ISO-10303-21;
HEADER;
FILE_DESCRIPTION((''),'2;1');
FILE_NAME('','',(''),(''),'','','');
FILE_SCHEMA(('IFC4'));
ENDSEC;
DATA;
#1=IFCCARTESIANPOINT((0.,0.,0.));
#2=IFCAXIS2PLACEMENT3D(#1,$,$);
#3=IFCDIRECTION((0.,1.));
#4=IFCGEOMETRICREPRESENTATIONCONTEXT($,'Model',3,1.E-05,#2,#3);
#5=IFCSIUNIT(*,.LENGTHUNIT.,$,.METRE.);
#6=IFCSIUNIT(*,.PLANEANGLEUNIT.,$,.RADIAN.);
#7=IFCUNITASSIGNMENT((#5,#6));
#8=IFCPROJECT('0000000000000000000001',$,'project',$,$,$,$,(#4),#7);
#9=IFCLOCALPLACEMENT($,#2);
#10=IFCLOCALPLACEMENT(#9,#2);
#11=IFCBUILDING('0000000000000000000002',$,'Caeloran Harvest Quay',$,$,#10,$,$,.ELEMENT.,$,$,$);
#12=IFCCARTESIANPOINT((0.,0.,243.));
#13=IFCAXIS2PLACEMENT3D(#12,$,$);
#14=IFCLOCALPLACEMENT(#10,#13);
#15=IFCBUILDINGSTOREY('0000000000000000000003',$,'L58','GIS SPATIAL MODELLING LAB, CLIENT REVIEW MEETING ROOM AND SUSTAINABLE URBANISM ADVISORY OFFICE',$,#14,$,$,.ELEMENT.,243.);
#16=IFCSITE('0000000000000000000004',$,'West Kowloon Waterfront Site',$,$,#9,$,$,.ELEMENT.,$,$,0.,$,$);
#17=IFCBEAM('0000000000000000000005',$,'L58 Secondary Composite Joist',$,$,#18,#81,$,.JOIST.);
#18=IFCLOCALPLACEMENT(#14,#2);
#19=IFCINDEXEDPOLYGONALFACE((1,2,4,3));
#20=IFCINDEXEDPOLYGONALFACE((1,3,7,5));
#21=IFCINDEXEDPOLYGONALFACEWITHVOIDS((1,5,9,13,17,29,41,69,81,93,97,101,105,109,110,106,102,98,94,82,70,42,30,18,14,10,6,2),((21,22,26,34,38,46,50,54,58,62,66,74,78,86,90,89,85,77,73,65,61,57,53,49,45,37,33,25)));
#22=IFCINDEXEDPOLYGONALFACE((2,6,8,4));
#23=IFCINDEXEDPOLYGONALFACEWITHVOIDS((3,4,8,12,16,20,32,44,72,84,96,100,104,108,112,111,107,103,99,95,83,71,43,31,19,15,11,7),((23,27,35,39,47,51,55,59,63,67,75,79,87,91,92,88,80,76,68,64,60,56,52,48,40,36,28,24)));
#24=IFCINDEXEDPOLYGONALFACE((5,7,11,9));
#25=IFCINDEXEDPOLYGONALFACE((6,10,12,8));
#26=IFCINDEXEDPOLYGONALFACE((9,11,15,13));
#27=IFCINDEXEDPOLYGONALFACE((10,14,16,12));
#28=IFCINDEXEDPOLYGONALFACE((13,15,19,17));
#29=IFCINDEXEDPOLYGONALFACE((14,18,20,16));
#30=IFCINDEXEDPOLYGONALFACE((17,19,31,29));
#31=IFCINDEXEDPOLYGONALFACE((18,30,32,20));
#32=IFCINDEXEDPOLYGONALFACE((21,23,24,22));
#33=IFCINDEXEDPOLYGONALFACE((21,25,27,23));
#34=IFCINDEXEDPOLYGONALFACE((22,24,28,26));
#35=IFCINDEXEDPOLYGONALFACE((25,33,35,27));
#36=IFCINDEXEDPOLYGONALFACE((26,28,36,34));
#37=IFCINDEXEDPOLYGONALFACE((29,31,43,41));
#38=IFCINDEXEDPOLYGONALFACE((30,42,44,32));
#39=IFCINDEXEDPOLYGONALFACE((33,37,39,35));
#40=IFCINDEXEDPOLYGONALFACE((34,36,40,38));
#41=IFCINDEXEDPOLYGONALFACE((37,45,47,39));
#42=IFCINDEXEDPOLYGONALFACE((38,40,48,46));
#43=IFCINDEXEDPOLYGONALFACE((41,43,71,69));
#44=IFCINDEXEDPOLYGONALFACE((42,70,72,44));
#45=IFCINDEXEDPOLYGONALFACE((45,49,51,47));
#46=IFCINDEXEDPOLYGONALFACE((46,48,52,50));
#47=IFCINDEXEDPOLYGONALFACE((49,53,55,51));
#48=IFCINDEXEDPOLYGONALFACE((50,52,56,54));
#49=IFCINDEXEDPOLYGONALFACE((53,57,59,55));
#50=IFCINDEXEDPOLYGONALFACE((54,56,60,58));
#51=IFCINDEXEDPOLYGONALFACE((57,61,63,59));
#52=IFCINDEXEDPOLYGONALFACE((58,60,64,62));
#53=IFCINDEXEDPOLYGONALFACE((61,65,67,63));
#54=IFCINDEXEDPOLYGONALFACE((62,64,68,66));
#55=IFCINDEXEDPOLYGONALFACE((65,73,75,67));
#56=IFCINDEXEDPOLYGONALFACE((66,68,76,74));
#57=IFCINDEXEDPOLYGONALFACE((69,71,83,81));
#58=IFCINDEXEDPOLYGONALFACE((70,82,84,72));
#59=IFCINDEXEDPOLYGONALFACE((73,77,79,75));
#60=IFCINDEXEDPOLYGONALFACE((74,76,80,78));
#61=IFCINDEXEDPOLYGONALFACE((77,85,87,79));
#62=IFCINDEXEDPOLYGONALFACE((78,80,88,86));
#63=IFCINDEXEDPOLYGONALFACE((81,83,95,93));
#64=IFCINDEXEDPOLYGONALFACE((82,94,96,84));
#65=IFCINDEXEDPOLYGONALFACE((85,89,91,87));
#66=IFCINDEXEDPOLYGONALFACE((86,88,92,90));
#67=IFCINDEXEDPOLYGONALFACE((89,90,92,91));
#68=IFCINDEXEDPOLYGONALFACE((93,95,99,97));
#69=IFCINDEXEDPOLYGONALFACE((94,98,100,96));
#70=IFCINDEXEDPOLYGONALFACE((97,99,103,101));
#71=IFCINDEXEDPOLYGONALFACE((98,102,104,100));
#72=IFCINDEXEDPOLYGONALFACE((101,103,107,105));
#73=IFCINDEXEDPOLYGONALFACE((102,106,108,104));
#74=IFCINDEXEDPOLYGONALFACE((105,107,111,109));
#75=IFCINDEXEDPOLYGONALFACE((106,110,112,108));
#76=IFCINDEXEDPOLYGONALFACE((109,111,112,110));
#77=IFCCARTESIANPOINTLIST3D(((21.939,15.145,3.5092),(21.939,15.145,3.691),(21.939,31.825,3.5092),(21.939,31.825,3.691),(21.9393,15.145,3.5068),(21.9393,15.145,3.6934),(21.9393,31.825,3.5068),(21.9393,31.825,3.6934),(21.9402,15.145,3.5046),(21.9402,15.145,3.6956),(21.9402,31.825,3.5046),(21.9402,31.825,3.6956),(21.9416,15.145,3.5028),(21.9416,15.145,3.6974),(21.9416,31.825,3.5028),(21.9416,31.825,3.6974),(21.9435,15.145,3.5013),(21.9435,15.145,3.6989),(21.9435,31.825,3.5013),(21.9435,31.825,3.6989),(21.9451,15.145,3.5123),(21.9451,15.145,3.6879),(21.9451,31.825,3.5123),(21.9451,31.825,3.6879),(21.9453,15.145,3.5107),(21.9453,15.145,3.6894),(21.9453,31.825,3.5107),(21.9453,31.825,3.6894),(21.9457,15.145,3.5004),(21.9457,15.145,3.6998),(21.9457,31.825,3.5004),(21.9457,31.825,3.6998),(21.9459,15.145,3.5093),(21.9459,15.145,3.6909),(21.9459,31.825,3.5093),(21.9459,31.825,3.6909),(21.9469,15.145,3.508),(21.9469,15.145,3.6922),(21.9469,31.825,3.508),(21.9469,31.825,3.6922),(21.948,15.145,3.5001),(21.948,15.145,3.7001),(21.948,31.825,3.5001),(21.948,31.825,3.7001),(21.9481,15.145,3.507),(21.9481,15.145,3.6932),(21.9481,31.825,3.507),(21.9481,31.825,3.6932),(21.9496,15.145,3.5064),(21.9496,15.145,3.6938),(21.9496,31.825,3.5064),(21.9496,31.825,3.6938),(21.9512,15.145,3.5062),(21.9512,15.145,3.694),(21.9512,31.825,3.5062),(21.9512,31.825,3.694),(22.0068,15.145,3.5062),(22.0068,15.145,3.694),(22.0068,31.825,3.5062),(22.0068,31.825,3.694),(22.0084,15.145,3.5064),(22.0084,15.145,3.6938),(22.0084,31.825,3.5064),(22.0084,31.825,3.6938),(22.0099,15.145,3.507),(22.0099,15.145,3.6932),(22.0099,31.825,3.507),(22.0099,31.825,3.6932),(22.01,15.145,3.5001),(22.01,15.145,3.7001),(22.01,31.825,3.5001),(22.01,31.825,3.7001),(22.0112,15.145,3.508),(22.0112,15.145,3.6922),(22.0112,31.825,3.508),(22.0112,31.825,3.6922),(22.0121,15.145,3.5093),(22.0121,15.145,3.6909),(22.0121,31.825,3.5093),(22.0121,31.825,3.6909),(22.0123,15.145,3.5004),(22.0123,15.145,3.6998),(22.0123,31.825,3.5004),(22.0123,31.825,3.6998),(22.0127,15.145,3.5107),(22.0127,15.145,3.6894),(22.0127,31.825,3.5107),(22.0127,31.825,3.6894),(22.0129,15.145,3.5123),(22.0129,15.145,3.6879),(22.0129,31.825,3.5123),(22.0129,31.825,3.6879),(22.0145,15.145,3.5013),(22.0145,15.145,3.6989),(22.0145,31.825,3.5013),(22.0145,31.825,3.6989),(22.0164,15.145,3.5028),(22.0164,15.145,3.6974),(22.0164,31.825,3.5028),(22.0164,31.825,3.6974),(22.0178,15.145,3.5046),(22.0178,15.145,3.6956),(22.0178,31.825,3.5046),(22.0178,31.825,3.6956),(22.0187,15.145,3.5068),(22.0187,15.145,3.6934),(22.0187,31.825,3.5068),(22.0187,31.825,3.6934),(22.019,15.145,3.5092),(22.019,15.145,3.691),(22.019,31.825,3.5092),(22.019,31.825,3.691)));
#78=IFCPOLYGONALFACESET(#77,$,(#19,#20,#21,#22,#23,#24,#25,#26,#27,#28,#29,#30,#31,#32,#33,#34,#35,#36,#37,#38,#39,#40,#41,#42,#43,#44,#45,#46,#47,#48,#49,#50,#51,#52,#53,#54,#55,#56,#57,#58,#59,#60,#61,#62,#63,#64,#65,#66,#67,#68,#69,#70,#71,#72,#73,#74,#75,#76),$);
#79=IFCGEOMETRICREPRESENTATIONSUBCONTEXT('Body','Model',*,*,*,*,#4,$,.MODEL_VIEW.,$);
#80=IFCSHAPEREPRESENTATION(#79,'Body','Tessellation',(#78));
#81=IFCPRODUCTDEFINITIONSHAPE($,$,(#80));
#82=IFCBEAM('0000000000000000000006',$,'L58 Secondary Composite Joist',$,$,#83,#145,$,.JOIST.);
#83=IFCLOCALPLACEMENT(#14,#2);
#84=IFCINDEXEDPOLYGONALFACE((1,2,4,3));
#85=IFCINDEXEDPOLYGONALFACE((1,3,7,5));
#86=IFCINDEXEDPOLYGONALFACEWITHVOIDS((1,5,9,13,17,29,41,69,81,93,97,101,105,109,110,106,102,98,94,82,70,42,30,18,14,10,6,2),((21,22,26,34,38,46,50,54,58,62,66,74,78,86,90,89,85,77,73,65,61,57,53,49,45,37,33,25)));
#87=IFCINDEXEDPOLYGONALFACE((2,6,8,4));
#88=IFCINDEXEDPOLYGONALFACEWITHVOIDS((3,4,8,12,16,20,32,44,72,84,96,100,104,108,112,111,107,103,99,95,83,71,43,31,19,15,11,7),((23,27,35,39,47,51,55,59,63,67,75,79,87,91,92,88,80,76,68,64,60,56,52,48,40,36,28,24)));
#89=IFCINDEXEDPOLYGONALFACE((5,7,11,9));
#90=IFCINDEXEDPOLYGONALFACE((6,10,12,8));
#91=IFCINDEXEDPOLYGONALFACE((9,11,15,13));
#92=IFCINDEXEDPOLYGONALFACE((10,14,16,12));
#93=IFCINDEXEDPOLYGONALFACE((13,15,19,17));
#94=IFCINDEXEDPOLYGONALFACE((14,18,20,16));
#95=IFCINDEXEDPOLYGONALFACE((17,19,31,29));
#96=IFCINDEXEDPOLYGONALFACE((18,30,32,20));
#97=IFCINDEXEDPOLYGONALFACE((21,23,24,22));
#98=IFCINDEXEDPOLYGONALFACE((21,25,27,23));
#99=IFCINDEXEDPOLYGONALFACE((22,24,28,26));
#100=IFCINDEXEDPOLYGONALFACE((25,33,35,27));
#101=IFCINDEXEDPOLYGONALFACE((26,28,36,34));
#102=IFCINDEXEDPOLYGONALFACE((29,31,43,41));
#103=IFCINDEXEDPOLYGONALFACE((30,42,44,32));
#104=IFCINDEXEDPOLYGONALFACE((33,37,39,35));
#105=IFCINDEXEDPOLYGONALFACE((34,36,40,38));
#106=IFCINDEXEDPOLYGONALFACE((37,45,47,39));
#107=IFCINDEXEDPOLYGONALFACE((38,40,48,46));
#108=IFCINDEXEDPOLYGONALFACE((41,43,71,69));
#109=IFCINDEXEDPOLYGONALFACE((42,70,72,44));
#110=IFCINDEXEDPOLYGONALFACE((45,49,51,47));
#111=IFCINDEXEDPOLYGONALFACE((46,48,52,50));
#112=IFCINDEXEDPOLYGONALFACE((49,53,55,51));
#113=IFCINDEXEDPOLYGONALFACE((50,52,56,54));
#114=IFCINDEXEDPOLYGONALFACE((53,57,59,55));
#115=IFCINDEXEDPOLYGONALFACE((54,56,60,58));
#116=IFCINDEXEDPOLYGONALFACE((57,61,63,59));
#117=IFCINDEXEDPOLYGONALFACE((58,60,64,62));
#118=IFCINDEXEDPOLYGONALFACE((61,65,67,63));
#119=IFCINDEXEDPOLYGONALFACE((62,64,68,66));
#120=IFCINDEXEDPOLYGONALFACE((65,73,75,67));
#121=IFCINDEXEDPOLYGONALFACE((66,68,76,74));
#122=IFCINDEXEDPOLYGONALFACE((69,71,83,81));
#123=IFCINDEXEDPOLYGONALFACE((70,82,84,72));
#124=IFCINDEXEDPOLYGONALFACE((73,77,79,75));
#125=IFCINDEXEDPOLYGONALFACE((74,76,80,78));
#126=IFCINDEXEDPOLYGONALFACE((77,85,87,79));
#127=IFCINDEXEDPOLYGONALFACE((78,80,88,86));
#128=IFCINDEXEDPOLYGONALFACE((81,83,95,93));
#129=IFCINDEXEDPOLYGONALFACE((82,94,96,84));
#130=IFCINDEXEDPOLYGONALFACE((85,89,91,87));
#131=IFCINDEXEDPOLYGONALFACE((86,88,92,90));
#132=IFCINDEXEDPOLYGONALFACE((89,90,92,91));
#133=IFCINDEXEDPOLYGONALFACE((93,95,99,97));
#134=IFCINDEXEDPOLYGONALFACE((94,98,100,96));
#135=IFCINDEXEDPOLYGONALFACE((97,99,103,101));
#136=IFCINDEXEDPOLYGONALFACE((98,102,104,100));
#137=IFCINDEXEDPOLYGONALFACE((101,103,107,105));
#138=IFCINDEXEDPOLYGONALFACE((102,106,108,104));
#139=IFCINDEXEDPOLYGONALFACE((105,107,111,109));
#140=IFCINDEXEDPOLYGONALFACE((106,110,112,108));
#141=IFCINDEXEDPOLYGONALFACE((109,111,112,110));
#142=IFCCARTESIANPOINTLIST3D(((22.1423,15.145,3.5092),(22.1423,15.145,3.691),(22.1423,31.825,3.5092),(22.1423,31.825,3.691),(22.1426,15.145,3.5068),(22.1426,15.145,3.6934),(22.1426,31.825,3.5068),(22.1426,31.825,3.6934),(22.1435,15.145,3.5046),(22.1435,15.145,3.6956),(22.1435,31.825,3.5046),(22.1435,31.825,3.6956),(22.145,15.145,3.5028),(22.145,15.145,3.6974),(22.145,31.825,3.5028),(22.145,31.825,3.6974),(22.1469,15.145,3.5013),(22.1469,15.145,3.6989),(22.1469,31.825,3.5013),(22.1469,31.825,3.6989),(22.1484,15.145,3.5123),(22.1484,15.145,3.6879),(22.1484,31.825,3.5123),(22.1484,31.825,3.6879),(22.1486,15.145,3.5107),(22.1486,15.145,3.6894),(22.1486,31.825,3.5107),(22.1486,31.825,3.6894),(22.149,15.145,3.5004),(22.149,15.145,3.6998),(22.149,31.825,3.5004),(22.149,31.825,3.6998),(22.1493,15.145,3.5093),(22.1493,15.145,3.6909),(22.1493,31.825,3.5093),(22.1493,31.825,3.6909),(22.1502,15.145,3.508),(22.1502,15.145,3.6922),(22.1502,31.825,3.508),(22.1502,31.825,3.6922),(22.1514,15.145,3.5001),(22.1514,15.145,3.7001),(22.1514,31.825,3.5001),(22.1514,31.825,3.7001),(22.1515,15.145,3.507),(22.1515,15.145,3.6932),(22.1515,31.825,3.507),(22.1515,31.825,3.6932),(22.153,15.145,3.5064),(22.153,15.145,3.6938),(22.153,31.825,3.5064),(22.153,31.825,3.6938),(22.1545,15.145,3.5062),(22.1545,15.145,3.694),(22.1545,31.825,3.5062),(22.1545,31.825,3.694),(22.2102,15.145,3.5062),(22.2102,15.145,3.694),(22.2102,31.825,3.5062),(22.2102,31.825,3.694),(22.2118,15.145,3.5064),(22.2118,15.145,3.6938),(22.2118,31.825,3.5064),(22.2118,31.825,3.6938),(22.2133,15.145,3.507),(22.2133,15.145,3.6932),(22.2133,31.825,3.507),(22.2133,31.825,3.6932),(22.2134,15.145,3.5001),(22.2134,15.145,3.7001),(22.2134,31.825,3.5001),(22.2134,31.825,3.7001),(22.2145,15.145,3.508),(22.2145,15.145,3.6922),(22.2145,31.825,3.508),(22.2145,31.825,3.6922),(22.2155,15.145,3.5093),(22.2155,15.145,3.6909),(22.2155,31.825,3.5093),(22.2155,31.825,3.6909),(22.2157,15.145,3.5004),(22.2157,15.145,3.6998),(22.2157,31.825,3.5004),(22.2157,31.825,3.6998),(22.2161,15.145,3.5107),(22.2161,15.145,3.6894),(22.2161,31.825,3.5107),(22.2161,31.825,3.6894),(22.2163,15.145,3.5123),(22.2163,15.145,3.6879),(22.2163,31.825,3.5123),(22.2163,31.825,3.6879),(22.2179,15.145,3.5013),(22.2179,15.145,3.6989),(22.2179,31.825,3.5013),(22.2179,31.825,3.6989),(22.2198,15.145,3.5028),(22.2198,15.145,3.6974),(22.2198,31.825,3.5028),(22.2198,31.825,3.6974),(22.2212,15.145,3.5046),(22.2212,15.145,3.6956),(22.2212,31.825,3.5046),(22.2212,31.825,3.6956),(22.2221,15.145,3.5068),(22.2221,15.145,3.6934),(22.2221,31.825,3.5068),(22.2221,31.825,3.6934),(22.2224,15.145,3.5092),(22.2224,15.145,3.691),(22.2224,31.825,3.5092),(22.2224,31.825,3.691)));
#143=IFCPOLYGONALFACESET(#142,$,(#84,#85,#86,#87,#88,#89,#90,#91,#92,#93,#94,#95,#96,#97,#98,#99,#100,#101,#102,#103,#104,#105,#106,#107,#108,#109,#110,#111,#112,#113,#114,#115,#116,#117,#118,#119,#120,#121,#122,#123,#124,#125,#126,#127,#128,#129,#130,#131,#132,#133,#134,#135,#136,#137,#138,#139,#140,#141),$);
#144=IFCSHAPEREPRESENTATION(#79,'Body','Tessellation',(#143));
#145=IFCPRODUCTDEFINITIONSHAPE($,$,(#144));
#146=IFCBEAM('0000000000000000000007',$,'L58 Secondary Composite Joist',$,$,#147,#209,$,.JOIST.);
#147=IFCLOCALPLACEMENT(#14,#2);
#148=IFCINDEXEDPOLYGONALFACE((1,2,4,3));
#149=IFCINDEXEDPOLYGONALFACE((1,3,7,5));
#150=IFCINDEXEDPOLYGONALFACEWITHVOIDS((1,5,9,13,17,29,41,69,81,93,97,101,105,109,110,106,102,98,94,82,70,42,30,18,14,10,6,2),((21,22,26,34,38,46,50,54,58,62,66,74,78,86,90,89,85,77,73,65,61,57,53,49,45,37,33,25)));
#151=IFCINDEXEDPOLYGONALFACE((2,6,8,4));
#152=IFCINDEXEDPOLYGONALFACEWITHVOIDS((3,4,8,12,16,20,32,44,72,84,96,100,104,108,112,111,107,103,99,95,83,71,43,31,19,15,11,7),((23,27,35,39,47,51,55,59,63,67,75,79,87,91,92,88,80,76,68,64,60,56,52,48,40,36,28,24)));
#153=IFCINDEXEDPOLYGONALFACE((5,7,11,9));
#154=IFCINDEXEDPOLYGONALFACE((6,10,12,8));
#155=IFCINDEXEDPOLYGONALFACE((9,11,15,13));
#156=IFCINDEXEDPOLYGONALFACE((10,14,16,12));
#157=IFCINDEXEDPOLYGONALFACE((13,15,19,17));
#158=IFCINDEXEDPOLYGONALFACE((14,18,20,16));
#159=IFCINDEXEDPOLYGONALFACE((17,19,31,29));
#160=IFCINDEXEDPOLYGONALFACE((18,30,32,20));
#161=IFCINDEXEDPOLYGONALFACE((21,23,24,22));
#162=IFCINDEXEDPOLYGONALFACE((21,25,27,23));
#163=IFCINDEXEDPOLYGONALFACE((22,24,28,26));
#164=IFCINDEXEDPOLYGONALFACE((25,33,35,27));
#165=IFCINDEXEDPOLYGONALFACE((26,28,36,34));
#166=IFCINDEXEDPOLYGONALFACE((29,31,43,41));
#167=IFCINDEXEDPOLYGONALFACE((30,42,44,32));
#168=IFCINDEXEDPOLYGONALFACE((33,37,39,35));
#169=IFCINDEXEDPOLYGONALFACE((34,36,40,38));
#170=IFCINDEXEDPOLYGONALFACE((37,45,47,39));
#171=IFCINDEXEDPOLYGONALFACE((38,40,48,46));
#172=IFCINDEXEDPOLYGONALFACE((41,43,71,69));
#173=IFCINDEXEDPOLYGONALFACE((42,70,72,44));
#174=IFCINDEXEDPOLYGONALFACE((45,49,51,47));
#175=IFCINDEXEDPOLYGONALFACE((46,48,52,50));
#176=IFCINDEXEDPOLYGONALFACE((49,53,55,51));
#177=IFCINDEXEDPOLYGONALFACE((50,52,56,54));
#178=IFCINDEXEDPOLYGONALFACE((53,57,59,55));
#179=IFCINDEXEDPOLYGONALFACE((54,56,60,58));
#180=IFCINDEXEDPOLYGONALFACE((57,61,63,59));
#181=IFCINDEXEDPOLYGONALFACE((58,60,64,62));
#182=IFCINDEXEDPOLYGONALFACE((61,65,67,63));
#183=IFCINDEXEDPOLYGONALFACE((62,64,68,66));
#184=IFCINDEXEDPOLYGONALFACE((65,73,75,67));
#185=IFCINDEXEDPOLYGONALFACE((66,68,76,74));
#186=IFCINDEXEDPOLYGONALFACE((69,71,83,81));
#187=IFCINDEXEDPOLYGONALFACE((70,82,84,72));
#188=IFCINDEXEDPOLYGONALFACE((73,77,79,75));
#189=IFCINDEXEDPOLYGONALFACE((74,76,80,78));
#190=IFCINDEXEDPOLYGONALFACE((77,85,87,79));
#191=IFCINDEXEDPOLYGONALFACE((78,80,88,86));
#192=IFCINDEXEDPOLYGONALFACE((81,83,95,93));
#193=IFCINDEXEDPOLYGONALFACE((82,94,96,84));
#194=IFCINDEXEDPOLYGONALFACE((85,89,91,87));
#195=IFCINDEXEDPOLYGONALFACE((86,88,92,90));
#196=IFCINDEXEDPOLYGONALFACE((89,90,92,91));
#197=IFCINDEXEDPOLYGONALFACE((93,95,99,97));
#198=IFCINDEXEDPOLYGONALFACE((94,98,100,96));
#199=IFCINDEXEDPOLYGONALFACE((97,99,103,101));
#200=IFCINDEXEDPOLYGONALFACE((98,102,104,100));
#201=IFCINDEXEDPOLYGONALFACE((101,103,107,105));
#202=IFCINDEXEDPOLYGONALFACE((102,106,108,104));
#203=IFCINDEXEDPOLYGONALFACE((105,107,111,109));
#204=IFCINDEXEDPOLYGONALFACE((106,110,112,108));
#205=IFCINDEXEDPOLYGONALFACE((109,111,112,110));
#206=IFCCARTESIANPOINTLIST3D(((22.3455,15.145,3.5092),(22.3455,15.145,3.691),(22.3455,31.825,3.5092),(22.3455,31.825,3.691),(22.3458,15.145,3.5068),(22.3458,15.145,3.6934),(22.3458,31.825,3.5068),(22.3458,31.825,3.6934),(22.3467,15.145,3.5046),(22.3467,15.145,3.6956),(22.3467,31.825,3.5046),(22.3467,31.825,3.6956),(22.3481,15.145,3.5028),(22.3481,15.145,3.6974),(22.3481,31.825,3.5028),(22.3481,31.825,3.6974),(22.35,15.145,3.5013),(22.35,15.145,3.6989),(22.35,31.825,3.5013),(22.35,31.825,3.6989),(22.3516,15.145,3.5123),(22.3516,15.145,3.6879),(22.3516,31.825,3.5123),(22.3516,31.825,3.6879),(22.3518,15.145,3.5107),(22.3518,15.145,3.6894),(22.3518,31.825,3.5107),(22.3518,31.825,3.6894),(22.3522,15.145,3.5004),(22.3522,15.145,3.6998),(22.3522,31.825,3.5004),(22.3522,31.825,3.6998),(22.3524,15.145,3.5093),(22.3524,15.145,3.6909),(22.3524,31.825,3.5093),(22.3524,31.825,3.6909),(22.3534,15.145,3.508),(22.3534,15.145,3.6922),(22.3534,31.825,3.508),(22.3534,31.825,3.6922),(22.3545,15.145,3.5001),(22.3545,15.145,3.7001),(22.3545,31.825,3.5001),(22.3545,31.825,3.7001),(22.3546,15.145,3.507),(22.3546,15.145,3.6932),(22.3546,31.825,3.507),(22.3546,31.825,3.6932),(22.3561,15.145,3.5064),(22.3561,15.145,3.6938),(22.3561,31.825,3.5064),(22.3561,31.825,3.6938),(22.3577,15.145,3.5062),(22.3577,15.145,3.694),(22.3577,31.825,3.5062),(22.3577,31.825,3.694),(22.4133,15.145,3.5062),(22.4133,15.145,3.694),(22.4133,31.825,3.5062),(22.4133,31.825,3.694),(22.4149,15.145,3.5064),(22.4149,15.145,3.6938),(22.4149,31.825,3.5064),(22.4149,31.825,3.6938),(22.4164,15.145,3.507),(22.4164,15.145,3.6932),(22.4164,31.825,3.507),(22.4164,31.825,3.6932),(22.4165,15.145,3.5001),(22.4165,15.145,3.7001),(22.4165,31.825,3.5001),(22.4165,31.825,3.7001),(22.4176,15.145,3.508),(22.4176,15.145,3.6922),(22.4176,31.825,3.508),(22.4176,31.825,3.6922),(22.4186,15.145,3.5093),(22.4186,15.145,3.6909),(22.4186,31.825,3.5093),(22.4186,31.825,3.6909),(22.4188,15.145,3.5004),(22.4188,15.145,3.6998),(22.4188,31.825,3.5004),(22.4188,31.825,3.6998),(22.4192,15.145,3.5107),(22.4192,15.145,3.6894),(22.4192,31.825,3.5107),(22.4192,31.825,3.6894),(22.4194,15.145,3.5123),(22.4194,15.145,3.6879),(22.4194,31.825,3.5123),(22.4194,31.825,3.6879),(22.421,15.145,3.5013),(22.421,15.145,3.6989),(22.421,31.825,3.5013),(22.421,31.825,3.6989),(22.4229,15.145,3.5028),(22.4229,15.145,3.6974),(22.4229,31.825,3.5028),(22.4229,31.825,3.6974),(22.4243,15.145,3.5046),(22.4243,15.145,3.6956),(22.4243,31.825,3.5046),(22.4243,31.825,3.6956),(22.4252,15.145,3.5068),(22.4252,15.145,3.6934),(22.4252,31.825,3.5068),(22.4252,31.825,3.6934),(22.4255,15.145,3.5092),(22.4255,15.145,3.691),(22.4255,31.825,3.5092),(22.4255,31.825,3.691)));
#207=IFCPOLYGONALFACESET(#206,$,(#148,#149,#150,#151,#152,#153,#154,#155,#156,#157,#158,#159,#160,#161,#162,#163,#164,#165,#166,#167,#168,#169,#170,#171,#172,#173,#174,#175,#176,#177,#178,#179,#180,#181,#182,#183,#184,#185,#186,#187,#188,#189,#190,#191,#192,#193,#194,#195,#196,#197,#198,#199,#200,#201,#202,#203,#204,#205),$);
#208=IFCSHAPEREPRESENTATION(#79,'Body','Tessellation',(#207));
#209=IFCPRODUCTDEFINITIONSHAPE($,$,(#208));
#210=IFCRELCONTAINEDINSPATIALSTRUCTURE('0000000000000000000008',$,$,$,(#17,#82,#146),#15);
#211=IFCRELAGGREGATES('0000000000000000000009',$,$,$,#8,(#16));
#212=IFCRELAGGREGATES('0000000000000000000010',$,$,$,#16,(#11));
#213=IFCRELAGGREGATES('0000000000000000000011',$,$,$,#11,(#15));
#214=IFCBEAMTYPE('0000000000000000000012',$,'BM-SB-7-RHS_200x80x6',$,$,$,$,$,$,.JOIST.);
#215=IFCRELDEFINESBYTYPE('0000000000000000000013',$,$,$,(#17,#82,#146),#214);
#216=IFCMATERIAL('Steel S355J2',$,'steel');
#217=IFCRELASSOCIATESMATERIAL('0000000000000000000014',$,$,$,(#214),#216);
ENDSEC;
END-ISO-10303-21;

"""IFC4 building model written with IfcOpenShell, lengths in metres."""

from ifc_helpers import new_model, si_unit, direction, frame, origin, origin_2d, place, context, subcontext, project, spatial, hollow_rectangle, extrude, material, material_profile, profile_set, type_object, element, save


model = new_model("IFC4")

# Units and contexts
model_context = context("Model", 3, precision=1e-05, world=origin(), true_north=direction((0.0, 1.0)))
body_context = subcontext(model_context, "Body", "Model", "MODEL_VIEW")
ifc_project = project(units=[si_unit("LENGTHUNIT", "METRE"), si_unit("PLANEANGLEUNIT", "RADIAN")], contexts=[model_context])

# Site, building, storey
site_placement = place(None, origin())
site = spatial("IfcSite", under=ifc_project, at=site_placement, Name="West Kowloon Waterfront Site", CompositionType="ELEMENT", RefElevation=0.0)
building_placement = place(site_placement, origin())
building = spatial("IfcBuilding", under=site, at=building_placement, Name="Caeloran Harvest Quay", CompositionType="ELEMENT")
storey_placement = place(building_placement, frame((0.0, 0.0, 243.0)))
storey = spatial("IfcBuildingStorey", under=building, at=storey_placement, Name="L58", Description="GIS SPATIAL MODELLING LAB, CLIENT REVIEW MEETING ROOM AND SUSTAINABLE URBANISM ADVISORY OFFICE", CompositionType="ELEMENT", Elevation=243.0)

# Beams
ifc_material_1 = material(Name="Steel S355J2", Category="steel")
ifc_material_profile_1 = material_profile(ifc_material_1, hollow_rectangle(XDim=0.0801, YDim=0.2, WallThickness=0.0061, InnerFilletRadius=0.0061, OuterFilletRadius=0.009, at=origin_2d()), Name="RHS 200x80x6")
ifc_profile_set_1 = profile_set([ifc_material_profile_1], Name="Steel S355J2")
beam_type_1 = type_object("IfcBeamType", Name="BM-SB-7-RHS_200x80x6", PredefinedType="JOIST", material=ifc_profile_set_1)
for number, where, z_axis, x_axis, name in (
    (1, (21.979, 15.145, 3.6001), (0.0, 1.0, 0.0), (-1.0, 0.0, 0.0), "L58 Secondary Composite Joist"),
    (2, (22.1824, 15.145, 3.6001), (0.0, 1.0, 0.0), (-1.0, 0.0, 0.0), "L58 Secondary Composite Joist"),
    (3, (22.3855, 15.145, 3.6001), (0.0, 1.0, 0.0), (-1.0, 0.0, 0.0), "L58 Secondary Composite Joist"),
):
    element("IfcBeam", number, at=place(storey_placement, frame(where, z_axis=z_axis, x_axis=x_axis)), inside=storey, type_object=beam_type_1, Name=name, PredefinedType="JOIST", context=body_context, shape_type="SweptSolid", body=[
        extrude(hollow_rectangle(XDim=0.0801, YDim=0.2, WallThickness=0.0061, InnerFilletRadius=0.0061, OuterFilletRadius=0.009, at=origin_2d()), origin(), (0.0, 0.0, 1.0), 16.6799),
    ])

save(model, "model.ifc")
